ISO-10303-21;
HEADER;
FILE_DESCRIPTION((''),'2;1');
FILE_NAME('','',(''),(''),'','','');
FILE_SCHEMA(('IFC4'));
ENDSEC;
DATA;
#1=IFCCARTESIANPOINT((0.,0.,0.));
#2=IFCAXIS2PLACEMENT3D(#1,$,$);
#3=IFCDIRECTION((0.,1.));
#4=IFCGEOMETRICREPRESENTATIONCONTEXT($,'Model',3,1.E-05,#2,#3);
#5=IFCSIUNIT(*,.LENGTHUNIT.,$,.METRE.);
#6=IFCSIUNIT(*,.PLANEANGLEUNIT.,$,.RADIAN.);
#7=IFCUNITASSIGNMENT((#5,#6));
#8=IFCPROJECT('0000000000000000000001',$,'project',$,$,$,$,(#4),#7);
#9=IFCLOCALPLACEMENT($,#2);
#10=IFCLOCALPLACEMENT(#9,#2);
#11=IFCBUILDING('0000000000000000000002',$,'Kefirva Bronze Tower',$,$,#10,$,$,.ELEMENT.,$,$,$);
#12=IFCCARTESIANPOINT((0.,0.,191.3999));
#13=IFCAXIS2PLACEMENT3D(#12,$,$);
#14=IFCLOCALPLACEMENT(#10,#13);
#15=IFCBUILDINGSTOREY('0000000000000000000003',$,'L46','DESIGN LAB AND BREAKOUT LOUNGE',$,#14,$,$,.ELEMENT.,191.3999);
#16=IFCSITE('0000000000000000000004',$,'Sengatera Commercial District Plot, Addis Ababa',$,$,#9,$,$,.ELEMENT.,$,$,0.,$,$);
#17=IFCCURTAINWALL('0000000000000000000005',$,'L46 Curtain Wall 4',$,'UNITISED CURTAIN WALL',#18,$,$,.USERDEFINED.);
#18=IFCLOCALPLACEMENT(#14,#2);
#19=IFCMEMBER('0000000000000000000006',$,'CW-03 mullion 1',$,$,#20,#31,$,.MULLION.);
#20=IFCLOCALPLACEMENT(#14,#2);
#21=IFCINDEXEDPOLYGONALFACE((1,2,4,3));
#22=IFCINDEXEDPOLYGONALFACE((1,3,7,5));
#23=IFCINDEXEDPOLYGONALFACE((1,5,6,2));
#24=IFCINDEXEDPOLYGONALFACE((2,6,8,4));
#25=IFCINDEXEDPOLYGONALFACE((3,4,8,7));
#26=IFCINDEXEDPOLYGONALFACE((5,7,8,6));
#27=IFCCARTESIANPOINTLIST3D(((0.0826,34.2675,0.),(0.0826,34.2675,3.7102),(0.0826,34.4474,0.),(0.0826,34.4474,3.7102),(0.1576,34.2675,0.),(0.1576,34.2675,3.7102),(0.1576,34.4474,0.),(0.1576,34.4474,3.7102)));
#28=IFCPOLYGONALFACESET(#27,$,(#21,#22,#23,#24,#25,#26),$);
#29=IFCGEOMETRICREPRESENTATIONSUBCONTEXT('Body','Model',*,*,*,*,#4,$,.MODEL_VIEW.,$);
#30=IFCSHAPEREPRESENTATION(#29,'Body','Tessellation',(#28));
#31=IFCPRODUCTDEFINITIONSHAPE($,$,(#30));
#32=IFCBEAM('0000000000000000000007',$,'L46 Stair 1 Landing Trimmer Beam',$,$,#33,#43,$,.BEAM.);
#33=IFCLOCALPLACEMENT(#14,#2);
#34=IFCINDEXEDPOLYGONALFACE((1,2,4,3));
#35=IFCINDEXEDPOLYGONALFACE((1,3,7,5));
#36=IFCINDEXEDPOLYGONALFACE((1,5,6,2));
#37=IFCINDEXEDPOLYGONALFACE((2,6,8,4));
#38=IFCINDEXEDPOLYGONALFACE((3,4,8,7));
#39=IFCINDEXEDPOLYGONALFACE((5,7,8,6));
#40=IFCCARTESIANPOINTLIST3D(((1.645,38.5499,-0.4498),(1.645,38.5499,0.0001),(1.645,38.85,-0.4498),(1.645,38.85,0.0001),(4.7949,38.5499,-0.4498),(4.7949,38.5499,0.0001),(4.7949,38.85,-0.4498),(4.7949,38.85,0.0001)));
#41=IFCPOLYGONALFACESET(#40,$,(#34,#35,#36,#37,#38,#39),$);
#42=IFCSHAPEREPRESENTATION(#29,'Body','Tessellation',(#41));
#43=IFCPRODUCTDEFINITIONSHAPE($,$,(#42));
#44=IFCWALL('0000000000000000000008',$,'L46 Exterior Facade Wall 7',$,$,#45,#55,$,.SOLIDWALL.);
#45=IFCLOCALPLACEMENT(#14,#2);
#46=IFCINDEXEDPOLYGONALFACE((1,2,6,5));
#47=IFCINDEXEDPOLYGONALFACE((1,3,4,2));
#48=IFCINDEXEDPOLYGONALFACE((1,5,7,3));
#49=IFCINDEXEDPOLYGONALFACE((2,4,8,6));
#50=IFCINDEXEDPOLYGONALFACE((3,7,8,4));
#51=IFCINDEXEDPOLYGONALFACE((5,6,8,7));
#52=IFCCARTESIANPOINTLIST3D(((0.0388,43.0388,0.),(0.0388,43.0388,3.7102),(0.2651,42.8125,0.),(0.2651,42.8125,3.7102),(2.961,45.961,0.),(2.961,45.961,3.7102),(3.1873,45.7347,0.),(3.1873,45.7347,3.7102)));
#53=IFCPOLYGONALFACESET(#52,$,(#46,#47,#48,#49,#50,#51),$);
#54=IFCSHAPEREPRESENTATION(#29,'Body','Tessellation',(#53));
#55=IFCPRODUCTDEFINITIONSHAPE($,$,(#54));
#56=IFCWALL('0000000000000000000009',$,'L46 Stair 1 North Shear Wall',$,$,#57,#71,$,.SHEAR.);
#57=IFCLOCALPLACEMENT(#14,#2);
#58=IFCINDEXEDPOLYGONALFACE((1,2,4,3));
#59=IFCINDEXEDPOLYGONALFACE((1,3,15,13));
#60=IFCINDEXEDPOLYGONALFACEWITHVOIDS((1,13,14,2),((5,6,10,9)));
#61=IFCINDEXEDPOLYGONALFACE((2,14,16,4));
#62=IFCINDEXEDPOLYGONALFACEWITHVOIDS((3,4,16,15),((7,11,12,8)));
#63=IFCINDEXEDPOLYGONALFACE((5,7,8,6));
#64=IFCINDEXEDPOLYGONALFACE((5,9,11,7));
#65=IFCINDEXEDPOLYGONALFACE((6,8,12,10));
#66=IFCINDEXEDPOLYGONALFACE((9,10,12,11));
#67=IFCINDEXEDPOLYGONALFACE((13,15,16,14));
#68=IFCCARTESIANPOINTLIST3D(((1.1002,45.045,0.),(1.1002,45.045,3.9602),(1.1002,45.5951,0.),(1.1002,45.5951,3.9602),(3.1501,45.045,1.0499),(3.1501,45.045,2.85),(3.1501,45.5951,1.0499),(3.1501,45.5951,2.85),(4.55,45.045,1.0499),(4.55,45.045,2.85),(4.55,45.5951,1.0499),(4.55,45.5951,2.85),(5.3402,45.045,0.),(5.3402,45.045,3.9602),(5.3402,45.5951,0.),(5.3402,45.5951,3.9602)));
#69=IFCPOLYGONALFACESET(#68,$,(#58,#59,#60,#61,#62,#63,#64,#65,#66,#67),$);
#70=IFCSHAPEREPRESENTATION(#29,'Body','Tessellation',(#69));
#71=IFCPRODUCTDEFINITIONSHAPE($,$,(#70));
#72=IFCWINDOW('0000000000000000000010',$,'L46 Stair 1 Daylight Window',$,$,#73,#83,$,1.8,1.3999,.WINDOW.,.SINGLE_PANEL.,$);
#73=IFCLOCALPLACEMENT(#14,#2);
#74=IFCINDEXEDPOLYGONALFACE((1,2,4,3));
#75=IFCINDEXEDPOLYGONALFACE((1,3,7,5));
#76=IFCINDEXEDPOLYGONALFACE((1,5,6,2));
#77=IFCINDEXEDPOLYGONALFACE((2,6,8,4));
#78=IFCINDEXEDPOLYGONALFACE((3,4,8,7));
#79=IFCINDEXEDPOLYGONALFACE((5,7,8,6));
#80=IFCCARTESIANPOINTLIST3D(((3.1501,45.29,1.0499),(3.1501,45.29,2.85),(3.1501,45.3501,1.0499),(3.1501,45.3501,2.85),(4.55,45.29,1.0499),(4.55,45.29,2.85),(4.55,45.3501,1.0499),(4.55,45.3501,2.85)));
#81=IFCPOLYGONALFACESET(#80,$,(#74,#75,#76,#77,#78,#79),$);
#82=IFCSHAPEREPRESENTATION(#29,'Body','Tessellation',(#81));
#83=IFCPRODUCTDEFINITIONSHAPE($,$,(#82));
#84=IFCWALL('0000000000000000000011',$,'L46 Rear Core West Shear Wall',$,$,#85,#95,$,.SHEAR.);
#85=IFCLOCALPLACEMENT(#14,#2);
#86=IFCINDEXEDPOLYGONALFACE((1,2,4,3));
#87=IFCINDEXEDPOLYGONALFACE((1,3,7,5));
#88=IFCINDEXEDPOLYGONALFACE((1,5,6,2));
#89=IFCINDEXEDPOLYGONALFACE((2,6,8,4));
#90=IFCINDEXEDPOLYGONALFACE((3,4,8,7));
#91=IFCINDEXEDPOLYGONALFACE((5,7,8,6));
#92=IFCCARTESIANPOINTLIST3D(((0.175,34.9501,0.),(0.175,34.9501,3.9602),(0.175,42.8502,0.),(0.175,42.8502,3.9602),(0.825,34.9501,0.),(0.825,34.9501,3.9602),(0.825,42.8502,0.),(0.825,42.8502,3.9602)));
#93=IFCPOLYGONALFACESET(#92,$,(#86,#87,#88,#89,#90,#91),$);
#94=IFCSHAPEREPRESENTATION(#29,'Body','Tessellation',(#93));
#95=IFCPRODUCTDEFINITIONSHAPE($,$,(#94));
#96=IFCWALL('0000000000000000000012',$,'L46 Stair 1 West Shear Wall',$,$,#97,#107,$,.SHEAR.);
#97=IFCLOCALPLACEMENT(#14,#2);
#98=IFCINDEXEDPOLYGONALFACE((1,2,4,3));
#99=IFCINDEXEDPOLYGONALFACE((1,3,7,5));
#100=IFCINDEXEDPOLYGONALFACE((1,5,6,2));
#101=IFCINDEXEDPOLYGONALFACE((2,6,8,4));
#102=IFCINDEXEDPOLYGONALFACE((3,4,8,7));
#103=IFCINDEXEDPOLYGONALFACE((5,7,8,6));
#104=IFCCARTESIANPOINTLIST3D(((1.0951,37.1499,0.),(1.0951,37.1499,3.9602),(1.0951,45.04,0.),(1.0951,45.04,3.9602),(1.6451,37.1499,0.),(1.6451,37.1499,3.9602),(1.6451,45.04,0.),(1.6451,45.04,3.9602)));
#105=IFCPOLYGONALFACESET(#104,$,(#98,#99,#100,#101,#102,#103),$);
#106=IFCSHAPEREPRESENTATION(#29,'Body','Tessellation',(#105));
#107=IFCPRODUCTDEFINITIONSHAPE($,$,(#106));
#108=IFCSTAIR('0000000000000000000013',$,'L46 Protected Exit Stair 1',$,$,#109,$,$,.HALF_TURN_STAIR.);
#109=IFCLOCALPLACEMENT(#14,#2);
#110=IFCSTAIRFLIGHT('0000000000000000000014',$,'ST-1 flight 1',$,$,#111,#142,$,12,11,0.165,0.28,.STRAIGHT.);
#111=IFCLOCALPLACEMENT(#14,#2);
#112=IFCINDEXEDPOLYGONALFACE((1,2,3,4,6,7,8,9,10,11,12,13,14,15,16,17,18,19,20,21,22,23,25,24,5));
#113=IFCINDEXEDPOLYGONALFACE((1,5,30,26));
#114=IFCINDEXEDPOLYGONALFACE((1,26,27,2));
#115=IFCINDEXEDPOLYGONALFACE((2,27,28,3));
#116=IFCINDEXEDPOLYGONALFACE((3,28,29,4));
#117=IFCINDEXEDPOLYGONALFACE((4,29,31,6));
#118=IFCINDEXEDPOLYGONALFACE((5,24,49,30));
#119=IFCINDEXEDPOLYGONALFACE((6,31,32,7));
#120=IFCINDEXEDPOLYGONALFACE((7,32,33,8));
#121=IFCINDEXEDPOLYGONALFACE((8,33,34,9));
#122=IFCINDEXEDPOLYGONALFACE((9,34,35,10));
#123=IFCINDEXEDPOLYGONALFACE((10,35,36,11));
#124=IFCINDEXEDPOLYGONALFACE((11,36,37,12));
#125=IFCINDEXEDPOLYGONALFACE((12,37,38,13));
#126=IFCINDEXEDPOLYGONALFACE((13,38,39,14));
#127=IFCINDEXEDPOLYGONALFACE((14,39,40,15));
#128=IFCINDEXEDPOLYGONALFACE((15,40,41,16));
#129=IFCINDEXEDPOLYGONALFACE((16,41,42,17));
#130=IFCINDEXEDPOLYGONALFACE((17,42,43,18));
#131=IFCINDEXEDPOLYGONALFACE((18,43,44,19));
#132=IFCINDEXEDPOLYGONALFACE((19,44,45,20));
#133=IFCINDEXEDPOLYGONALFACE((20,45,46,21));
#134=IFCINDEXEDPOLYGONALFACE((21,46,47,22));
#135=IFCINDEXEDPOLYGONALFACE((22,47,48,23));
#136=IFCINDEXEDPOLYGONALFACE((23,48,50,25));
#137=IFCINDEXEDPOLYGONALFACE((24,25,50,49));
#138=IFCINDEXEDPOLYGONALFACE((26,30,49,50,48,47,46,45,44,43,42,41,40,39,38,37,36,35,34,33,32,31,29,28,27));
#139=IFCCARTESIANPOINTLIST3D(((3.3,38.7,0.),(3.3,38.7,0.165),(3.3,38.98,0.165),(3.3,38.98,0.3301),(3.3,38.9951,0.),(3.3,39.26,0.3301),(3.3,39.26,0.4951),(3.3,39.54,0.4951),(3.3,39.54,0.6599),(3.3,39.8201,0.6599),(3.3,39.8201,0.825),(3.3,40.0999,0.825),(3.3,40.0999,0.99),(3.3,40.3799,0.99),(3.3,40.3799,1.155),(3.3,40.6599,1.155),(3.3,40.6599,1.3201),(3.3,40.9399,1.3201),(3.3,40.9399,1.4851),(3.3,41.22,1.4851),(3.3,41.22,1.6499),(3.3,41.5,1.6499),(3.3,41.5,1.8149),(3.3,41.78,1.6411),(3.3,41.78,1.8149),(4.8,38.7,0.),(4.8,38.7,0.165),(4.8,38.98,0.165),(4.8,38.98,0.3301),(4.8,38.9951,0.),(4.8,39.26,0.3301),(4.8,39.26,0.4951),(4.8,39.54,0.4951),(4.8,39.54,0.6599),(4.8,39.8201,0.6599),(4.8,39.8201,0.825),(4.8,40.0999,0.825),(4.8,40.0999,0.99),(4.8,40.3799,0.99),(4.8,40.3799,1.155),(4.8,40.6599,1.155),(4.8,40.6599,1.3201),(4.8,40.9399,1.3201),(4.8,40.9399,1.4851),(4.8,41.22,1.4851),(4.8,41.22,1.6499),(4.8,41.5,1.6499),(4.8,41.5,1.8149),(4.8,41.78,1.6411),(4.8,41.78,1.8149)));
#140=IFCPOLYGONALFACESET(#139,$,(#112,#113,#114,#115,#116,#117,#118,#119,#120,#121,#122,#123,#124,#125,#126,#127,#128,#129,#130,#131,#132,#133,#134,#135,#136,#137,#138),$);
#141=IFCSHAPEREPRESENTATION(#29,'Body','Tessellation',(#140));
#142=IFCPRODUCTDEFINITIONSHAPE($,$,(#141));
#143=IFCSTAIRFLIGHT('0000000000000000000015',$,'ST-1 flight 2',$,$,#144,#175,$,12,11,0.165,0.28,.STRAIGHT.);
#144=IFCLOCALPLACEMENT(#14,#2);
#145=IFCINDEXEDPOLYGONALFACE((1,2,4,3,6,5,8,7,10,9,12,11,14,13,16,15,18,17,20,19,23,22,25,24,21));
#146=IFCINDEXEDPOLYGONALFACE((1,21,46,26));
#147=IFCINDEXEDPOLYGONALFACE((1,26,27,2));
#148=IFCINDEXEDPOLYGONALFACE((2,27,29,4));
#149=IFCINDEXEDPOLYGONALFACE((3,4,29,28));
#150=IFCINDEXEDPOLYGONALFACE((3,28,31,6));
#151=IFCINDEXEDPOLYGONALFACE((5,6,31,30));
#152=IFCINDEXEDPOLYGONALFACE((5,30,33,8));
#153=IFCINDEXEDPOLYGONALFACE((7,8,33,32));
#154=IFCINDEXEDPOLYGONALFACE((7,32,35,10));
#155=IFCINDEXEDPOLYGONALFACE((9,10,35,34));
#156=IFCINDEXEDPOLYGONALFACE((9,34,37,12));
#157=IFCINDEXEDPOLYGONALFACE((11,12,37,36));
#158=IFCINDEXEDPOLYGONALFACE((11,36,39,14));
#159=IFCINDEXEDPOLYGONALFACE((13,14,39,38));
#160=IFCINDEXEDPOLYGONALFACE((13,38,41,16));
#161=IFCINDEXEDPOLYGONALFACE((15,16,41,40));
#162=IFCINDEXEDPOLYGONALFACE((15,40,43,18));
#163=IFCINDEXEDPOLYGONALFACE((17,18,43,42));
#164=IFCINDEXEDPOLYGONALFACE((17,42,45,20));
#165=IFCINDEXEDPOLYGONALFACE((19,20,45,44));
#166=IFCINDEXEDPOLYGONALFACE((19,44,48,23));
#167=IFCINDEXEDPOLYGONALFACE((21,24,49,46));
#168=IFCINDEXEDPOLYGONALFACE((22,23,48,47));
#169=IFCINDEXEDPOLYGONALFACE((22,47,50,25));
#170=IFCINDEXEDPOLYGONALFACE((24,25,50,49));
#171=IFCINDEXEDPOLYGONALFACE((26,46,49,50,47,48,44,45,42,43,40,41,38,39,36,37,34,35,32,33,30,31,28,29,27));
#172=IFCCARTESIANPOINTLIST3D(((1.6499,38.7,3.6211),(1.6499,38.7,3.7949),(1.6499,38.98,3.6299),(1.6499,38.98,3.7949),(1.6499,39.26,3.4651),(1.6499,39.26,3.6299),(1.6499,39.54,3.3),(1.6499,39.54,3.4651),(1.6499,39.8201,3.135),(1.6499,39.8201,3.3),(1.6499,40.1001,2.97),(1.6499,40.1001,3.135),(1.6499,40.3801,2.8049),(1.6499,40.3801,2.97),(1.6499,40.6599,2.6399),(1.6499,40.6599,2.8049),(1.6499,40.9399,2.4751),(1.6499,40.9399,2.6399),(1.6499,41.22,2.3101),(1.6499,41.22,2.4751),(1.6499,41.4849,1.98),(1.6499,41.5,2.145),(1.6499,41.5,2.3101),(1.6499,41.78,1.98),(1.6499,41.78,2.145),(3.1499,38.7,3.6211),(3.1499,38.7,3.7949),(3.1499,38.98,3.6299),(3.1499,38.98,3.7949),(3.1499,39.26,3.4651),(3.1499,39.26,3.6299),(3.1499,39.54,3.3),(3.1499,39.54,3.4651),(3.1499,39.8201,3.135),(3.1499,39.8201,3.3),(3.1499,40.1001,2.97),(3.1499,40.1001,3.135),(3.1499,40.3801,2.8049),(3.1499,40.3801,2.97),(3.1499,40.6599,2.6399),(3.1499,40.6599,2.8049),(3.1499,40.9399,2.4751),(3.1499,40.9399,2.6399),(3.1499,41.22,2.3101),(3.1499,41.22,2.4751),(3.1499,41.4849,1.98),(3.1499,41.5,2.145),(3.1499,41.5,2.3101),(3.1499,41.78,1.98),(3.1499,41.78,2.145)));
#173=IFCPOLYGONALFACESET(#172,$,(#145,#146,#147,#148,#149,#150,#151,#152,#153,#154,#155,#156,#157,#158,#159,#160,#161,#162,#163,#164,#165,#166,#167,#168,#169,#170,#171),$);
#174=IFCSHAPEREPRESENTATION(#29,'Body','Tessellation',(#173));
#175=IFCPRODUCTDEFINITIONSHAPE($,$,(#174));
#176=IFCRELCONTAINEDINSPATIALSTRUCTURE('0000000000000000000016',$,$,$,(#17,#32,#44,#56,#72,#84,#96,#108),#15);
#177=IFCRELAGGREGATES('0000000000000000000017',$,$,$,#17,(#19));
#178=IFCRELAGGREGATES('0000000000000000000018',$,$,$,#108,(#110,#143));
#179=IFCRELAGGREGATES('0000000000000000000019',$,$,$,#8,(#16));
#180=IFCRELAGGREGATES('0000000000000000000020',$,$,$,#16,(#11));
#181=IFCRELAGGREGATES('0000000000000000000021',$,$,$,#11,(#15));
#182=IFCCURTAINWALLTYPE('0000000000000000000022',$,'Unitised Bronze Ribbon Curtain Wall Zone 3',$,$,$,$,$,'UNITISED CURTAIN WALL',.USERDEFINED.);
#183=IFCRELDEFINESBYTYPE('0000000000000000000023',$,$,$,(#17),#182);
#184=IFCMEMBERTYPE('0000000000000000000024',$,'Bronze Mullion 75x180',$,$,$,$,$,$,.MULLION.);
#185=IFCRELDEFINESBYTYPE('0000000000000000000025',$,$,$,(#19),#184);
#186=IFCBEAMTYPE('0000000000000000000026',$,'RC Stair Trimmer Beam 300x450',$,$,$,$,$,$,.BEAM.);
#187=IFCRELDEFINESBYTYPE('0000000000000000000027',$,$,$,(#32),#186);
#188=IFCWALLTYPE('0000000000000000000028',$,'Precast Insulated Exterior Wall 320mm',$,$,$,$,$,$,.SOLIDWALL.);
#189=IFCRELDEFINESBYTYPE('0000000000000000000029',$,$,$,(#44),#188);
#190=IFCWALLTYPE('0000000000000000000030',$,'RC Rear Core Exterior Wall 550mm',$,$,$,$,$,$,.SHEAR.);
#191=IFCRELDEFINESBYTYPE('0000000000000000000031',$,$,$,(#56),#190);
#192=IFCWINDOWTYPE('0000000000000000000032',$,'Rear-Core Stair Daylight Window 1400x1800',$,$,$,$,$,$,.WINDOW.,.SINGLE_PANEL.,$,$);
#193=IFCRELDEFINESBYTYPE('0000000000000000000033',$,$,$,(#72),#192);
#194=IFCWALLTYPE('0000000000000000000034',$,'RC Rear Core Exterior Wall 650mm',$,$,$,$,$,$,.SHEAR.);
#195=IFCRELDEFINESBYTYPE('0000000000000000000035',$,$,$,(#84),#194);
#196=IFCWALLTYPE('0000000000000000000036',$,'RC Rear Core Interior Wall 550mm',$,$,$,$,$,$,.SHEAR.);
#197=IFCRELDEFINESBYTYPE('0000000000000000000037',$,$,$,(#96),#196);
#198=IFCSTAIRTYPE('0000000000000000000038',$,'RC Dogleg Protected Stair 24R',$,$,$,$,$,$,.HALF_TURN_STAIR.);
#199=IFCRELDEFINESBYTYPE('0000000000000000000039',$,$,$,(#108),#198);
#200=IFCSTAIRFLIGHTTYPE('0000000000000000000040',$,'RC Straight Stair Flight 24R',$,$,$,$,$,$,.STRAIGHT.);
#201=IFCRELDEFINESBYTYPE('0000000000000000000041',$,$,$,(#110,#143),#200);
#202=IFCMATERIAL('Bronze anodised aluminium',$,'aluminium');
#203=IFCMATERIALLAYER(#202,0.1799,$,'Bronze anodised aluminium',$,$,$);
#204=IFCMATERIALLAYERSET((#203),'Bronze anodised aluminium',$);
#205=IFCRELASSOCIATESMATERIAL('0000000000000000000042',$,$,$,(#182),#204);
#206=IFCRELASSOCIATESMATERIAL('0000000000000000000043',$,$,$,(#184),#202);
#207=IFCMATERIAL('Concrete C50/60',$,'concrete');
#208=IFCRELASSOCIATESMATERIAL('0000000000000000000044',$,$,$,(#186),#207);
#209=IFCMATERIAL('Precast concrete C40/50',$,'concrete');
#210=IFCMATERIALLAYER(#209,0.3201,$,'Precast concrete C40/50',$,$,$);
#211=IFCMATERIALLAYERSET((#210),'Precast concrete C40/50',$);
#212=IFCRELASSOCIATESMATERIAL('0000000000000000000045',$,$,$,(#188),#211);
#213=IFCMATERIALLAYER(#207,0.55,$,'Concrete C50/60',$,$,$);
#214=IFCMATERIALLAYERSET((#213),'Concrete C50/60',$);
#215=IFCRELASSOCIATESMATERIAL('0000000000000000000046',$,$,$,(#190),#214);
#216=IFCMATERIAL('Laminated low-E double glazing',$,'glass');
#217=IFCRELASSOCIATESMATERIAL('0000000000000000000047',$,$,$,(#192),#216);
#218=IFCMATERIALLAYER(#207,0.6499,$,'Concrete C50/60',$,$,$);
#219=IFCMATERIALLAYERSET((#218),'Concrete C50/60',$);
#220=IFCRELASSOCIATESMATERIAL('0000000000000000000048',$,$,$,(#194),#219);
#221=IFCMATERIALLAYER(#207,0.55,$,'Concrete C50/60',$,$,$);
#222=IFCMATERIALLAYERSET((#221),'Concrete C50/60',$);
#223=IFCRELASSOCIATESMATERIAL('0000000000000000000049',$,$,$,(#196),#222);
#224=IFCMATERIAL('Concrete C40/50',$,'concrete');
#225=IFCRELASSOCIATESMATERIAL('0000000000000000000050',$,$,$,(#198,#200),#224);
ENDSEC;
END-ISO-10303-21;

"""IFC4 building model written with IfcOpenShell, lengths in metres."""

from ifc_helpers import new_model, si_unit, direction, frame, frame_2d, origin, origin_2d, place, context, subcontext, project, spatial, polyline, rectangle, outline, extrude, material, layer, layer_set, material_profile, profile_set, type_object, element, fill, aggregate, save


model = new_model("IFC4")

# Units and contexts
model_context = context("Model", 3, precision=1e-05, world=origin(), true_north=direction((0.0, 1.0)))
body_context = subcontext(model_context, "Body", "Model", "MODEL_VIEW")
ifc_project = project(units=[si_unit("LENGTHUNIT", "METRE"), si_unit("PLANEANGLEUNIT", "RADIAN")], contexts=[model_context])

# Site, building, storey
site_placement = place(None, origin())
site = spatial("IfcSite", under=ifc_project, at=site_placement, Name="Sengatera Commercial District Plot, Addis Ababa", CompositionType="ELEMENT", RefElevation=0.0)
building_placement = place(site_placement, origin())
building = spatial("IfcBuilding", under=site, at=building_placement, Name="Kefirva Bronze Tower", CompositionType="ELEMENT")
storey_placement = place(building_placement, frame((0.0, 0.0, 191.3999)))
storey = spatial("IfcBuildingStorey", under=building, at=storey_placement, Name="L46", Description="DESIGN LAB AND BREAKOUT LOUNGE", CompositionType="ELEMENT", Elevation=191.3999)

# Curtain wall, member
ifc_material_1 = material(Name="Bronze anodised aluminium", Category="aluminium")
ifc_layer_1 = layer(ifc_material_1, 0.1799, Name="Bronze anodised aluminium")
ifc_layer_set_1 = layer_set([ifc_layer_1], Name="Bronze anodised aluminium")
curtain_wall_type = type_object("IfcCurtainWallType", Name="Unitised Bronze Ribbon Curtain Wall Zone 3", ElementType="UNITISED CURTAIN WALL", PredefinedType="USERDEFINED", material=ifc_layer_set_1)
curtain_wall_placement = place(storey_placement, origin())
curtain_wall = element("IfcCurtainWall", 1, at=curtain_wall_placement, inside=storey, type_object=curtain_wall_type, Name="L46 Curtain Wall 4", ObjectType="UNITISED CURTAIN WALL", PredefinedType="USERDEFINED")
ifc_material_profile_1 = material_profile(ifc_material_1, rectangle(XDim=0.075, YDim=0.1799, at=origin_2d()), Name="ALU 75x180")
ifc_profile_set_1 = profile_set([ifc_material_profile_1], Name="Bronze anodised aluminium")
member_type = type_object("IfcMemberType", Name="Bronze Mullion 75x180", PredefinedType="MULLION", material=ifc_profile_set_1)
member_placement = place(storey_placement, frame((0.1201, 34.3574, 0.0), z_axis=(0.0, 0.0, 1.0), x_axis=(1.0, 0.0, 0.0)))
member = element("IfcMember", 2, at=member_placement, type_object=member_type, Name="CW-03 mullion 1", PredefinedType="MULLION", context=body_context, shape_type="SweptSolid", body=[
    extrude(rectangle(XDim=0.075, YDim=0.1799, at=origin_2d()), origin(), (0.0, 0.0, 1.0), 3.7102),
])
aggregate(curtain_wall, [member])

# Beam
ifc_material_2 = material(Name="Concrete C50/60", Category="concrete")
ifc_material_profile_2 = material_profile(ifc_material_2, rectangle(XDim=0.3, YDim=0.45, at=origin_2d()), Name="RC 300x450")
ifc_profile_set_2 = profile_set([ifc_material_profile_2], Name="Concrete C50/60")
beam_type = type_object("IfcBeamType", Name="RC Stair Trimmer Beam 300x450", PredefinedType="BEAM", material=ifc_profile_set_2)
beam_placement = place(storey_placement, frame((1.645, 38.7, -0.2249), z_axis=(1.0, 0.0, 0.0), x_axis=(0.0, 1.0, 0.0)))
element("IfcBeam", 3, at=beam_placement, inside=storey, type_object=beam_type, Name="L46 Stair 1 Landing Trimmer Beam", PredefinedType="BEAM", context=body_context, shape_type="SweptSolid", body=[
    extrude(rectangle(XDim=0.3, YDim=0.45, at=origin_2d()), origin(), (0.0, 0.0, 1.0), 3.1499),
])

# Wall
ifc_material_3 = material(Name="Precast concrete C40/50", Category="concrete")
ifc_layer_2 = layer(ifc_material_3, 0.3201, Name="Precast concrete C40/50")
ifc_layer_set_2 = layer_set([ifc_layer_2], Name="Precast concrete C40/50")
wall_type_1 = type_object("IfcWallType", Name="Precast Insulated Exterior Wall 320mm", PredefinedType="SOLIDWALL", material=ifc_layer_set_2)
wall_1_placement = place(storey_placement, frame((3.0742, 45.8479, 0.0), z_axis=(0.0, 0.0, 1.0), x_axis=(-0.707107, -0.707107, 0.0)))
element("IfcWall", 4, at=wall_1_placement, inside=storey, type_object=wall_type_1, Name="L46 Exterior Facade Wall 7", PredefinedType="SOLIDWALL", context=body_context, shape_type="SweptSolid", body=[
    extrude(rectangle(XDim=4.1326, YDim=0.3201, at=frame_2d((2.0664, 0.0))), origin(), (0.0, 0.0, 1.0), 3.7102),
])

# Wall, opening, window
ifc_layer_3 = layer(ifc_material_2, 0.55, Name="Concrete C50/60")
ifc_layer_set_3 = layer_set([ifc_layer_3], Name="Concrete C50/60")
wall_type_2 = type_object("IfcWallType", Name="RC Rear Core Exterior Wall 550mm", PredefinedType="SHEAR", material=ifc_layer_set_3)
wall_2_placement = place(storey_placement, frame((1.1001, 45.3201, 0.0), z_axis=(0.0, 0.0, 1.0), x_axis=(1.0, 0.0, 0.0)))
wall_2 = element("IfcWall", 5, at=wall_2_placement, inside=storey, type_object=wall_type_2, Name="L46 Stair 1 North Shear Wall", PredefinedType="SHEAR", context=body_context, shape_type="SweptSolid", body=[
    extrude(rectangle(XDim=4.24, YDim=0.55, at=frame_2d((2.1201, 0.0))), origin(), (0.0, 0.0, 1.0), 3.9602),
])
opening_1_placement = place(wall_2_placement, frame((2.05, 0.0, 1.05)))
opening_1 = element("IfcOpeningElement", 6, at=opening_1_placement, cuts=wall_2, PredefinedType="OPENING", context=body_context, shape_type="SweptSolid", body=[
    extrude(rectangle(XDim=1.3999, YDim=1.8, at=frame_2d((0.7, 0.8999))), frame((0.0, 0.2852, 0.0), z_axis=(0.0, -1.0, 0.0), x_axis=(1.0, 0.0, 0.0)), (0.0, 0.0, 1.0), 0.5701),
])
ifc_material_4 = material(Name="Laminated low-E double glazing", Category="glass")
window_type = type_object("IfcWindowType", Name="Rear-Core Stair Daylight Window 1400x1800", PartitioningType="SINGLE_PANEL", PredefinedType="WINDOW", material=ifc_material_4)
window_placement = place(opening_1_placement, origin())
window = element("IfcWindow", 7, at=window_placement, inside=storey, type_object=window_type, Name="L46 Stair 1 Daylight Window", OverallHeight=1.8, OverallWidth=1.3999, PartitioningType="SINGLE_PANEL", PredefinedType="WINDOW", context=body_context, shape_type="SweptSolid", body=[
    extrude(rectangle(XDim=1.3999, YDim=1.8, at=frame_2d((0.7, 0.8999))), frame((0.0, 0.03, 0.0), z_axis=(0.0, -1.0, 0.0), x_axis=(1.0, 0.0, 0.0)), (0.0, 0.0, 1.0), 0.0601),
])
fill(opening_1, window)

# Walls
ifc_layer_4 = layer(ifc_material_2, 0.6499, Name="Concrete C50/60")
ifc_layer_set_4 = layer_set([ifc_layer_4], Name="Concrete C50/60")
wall_type_3 = type_object("IfcWallType", Name="RC Rear Core Exterior Wall 650mm", PredefinedType="SHEAR", material=ifc_layer_set_4)
wall_3_placement = place(storey_placement, frame((0.5, 34.95, 0.0), z_axis=(0.0, 0.0, 1.0), x_axis=(0.0, 1.0, 0.0)))
element("IfcWall", 8, at=wall_3_placement, inside=storey, type_object=wall_type_3, Name="L46 Rear Core West Shear Wall", PredefinedType="SHEAR", context=body_context, shape_type="SweptSolid", body=[
    extrude(rectangle(XDim=7.9001, YDim=0.6499, at=frame_2d((3.9502, 0.0))), origin(), (0.0, 0.0, 1.0), 3.9602),
])
ifc_layer_5 = layer(ifc_material_2, 0.55, Name="Concrete C50/60")
ifc_layer_set_5 = layer_set([ifc_layer_5], Name="Concrete C50/60")
wall_type_4 = type_object("IfcWallType", Name="RC Rear Core Interior Wall 550mm", PredefinedType="SHEAR", material=ifc_layer_set_5)
wall_4_placement = place(storey_placement, frame((1.3701, 37.1499, 0.0), z_axis=(0.0, 0.0, 1.0), x_axis=(0.0, 1.0, 0.0)))
element("IfcWall", 9, at=wall_4_placement, inside=storey, type_object=wall_type_4, Name="L46 Stair 1 West Shear Wall", PredefinedType="SHEAR", context=body_context, shape_type="SweptSolid", body=[
    extrude(rectangle(XDim=7.8901, YDim=0.55, at=frame_2d((3.9451, 0.0))), origin(), (0.0, 0.0, 1.0), 3.9602),
])

# Stair, stair flights
ifc_material_5 = material(Name="Concrete C40/50", Category="concrete")
stair_type = type_object("IfcStairType", Name="RC Dogleg Protected Stair 24R", PredefinedType="HALF_TURN_STAIR", material=ifc_material_5)
stair_placement = place(storey_placement, origin())
stair = element("IfcStair", 10, at=stair_placement, inside=storey, type_object=stair_type, Name="L46 Protected Exit Stair 1", PredefinedType="HALF_TURN_STAIR")
stair_flight_type = type_object("IfcStairFlightType", Name="RC Straight Stair Flight 24R", PredefinedType="STRAIGHT", material=ifc_material_5)
stair_flight_1_placement = place(storey_placement, frame((4.05, 38.7, 0.0), z_axis=(0.0, 0.0, 1.0), x_axis=(0.0, 1.0, 0.0)))
stair_flight_1 = element("IfcStairFlight", 11, at=stair_flight_1_placement, type_object=stair_flight_type, Name="ST-1 flight 1", NumberOfRisers=12, NumberOfTreads=11, PredefinedType="STRAIGHT", RiserHeight=0.165, TreadLength=0.28, context=body_context, shape_type="SweptSolid", body=[
    extrude(outline(polyline([(0.0, 0.0), (0.0, 0.165), (0.28, 0.165), (0.28, 0.3301), (0.5601, 0.3301), (0.5601, 0.4951), (0.8401, 0.4951), (0.8401, 0.6599), (1.1201, 0.6599), (1.1201, 0.825), (1.3999, 0.825), (1.3999, 0.99), (1.6799, 0.99), (1.6799, 1.155), (1.96, 1.155), (1.96, 1.3201), (2.24, 1.3201), (2.24, 1.4851), (2.52, 1.4851), (2.52, 1.6499), (2.8, 1.6499), (2.8, 1.8149), (3.0801, 1.8149), (3.0801, 1.98), (3.0801, 1.6411), (0.2952, 0.0), (0.0, 0.0)])), frame((0.0, 0.75, 0.0), z_axis=(0.0, -1.0, 0.0), x_axis=(1.0, 0.0, 0.0)), (0.0, 0.0, 1.0), 1.5),
])
stair_flight_2_placement = place(storey_placement, frame((2.3999, 41.78, 1.98), z_axis=(0.0, 0.0, 1.0), x_axis=(0.0, -1.0, 0.0)))
stair_flight_2 = element("IfcStairFlight", 12, at=stair_flight_2_placement, type_object=stair_flight_type, Name="ST-1 flight 2", NumberOfRisers=12, NumberOfTreads=11, PredefinedType="STRAIGHT", RiserHeight=0.165, TreadLength=0.28, context=body_context, shape_type="SweptSolid", body=[
    extrude(outline(polyline([(0.0, 0.0), (0.0, 0.165), (0.28, 0.165), (0.28, 0.3301), (0.5601, 0.3301), (0.5601, 0.4951), (0.8401, 0.4951), (0.8401, 0.6599), (1.1201, 0.6599), (1.1201, 0.825), (1.3999, 0.825), (1.3999, 0.99), (1.6799, 0.99), (1.6799, 1.155), (1.96, 1.155), (1.96, 1.3201), (2.24, 1.3201), (2.24, 1.4851), (2.52, 1.4851), (2.52, 1.6499), (2.8, 1.6499), (2.8, 1.8149), (3.0801, 1.8149), (3.0801, 1.98), (3.0801, 1.6411), (0.2952, 0.0), (0.0, 0.0)])), frame((0.0, 0.75, 0.0), z_axis=(0.0, -1.0, 0.0), x_axis=(1.0, 0.0, 0.0)), (0.0, 0.0, 1.0), 1.5),
])
aggregate(stair, [stair_flight_1, stair_flight_2])

save(model, "model.ifc")
